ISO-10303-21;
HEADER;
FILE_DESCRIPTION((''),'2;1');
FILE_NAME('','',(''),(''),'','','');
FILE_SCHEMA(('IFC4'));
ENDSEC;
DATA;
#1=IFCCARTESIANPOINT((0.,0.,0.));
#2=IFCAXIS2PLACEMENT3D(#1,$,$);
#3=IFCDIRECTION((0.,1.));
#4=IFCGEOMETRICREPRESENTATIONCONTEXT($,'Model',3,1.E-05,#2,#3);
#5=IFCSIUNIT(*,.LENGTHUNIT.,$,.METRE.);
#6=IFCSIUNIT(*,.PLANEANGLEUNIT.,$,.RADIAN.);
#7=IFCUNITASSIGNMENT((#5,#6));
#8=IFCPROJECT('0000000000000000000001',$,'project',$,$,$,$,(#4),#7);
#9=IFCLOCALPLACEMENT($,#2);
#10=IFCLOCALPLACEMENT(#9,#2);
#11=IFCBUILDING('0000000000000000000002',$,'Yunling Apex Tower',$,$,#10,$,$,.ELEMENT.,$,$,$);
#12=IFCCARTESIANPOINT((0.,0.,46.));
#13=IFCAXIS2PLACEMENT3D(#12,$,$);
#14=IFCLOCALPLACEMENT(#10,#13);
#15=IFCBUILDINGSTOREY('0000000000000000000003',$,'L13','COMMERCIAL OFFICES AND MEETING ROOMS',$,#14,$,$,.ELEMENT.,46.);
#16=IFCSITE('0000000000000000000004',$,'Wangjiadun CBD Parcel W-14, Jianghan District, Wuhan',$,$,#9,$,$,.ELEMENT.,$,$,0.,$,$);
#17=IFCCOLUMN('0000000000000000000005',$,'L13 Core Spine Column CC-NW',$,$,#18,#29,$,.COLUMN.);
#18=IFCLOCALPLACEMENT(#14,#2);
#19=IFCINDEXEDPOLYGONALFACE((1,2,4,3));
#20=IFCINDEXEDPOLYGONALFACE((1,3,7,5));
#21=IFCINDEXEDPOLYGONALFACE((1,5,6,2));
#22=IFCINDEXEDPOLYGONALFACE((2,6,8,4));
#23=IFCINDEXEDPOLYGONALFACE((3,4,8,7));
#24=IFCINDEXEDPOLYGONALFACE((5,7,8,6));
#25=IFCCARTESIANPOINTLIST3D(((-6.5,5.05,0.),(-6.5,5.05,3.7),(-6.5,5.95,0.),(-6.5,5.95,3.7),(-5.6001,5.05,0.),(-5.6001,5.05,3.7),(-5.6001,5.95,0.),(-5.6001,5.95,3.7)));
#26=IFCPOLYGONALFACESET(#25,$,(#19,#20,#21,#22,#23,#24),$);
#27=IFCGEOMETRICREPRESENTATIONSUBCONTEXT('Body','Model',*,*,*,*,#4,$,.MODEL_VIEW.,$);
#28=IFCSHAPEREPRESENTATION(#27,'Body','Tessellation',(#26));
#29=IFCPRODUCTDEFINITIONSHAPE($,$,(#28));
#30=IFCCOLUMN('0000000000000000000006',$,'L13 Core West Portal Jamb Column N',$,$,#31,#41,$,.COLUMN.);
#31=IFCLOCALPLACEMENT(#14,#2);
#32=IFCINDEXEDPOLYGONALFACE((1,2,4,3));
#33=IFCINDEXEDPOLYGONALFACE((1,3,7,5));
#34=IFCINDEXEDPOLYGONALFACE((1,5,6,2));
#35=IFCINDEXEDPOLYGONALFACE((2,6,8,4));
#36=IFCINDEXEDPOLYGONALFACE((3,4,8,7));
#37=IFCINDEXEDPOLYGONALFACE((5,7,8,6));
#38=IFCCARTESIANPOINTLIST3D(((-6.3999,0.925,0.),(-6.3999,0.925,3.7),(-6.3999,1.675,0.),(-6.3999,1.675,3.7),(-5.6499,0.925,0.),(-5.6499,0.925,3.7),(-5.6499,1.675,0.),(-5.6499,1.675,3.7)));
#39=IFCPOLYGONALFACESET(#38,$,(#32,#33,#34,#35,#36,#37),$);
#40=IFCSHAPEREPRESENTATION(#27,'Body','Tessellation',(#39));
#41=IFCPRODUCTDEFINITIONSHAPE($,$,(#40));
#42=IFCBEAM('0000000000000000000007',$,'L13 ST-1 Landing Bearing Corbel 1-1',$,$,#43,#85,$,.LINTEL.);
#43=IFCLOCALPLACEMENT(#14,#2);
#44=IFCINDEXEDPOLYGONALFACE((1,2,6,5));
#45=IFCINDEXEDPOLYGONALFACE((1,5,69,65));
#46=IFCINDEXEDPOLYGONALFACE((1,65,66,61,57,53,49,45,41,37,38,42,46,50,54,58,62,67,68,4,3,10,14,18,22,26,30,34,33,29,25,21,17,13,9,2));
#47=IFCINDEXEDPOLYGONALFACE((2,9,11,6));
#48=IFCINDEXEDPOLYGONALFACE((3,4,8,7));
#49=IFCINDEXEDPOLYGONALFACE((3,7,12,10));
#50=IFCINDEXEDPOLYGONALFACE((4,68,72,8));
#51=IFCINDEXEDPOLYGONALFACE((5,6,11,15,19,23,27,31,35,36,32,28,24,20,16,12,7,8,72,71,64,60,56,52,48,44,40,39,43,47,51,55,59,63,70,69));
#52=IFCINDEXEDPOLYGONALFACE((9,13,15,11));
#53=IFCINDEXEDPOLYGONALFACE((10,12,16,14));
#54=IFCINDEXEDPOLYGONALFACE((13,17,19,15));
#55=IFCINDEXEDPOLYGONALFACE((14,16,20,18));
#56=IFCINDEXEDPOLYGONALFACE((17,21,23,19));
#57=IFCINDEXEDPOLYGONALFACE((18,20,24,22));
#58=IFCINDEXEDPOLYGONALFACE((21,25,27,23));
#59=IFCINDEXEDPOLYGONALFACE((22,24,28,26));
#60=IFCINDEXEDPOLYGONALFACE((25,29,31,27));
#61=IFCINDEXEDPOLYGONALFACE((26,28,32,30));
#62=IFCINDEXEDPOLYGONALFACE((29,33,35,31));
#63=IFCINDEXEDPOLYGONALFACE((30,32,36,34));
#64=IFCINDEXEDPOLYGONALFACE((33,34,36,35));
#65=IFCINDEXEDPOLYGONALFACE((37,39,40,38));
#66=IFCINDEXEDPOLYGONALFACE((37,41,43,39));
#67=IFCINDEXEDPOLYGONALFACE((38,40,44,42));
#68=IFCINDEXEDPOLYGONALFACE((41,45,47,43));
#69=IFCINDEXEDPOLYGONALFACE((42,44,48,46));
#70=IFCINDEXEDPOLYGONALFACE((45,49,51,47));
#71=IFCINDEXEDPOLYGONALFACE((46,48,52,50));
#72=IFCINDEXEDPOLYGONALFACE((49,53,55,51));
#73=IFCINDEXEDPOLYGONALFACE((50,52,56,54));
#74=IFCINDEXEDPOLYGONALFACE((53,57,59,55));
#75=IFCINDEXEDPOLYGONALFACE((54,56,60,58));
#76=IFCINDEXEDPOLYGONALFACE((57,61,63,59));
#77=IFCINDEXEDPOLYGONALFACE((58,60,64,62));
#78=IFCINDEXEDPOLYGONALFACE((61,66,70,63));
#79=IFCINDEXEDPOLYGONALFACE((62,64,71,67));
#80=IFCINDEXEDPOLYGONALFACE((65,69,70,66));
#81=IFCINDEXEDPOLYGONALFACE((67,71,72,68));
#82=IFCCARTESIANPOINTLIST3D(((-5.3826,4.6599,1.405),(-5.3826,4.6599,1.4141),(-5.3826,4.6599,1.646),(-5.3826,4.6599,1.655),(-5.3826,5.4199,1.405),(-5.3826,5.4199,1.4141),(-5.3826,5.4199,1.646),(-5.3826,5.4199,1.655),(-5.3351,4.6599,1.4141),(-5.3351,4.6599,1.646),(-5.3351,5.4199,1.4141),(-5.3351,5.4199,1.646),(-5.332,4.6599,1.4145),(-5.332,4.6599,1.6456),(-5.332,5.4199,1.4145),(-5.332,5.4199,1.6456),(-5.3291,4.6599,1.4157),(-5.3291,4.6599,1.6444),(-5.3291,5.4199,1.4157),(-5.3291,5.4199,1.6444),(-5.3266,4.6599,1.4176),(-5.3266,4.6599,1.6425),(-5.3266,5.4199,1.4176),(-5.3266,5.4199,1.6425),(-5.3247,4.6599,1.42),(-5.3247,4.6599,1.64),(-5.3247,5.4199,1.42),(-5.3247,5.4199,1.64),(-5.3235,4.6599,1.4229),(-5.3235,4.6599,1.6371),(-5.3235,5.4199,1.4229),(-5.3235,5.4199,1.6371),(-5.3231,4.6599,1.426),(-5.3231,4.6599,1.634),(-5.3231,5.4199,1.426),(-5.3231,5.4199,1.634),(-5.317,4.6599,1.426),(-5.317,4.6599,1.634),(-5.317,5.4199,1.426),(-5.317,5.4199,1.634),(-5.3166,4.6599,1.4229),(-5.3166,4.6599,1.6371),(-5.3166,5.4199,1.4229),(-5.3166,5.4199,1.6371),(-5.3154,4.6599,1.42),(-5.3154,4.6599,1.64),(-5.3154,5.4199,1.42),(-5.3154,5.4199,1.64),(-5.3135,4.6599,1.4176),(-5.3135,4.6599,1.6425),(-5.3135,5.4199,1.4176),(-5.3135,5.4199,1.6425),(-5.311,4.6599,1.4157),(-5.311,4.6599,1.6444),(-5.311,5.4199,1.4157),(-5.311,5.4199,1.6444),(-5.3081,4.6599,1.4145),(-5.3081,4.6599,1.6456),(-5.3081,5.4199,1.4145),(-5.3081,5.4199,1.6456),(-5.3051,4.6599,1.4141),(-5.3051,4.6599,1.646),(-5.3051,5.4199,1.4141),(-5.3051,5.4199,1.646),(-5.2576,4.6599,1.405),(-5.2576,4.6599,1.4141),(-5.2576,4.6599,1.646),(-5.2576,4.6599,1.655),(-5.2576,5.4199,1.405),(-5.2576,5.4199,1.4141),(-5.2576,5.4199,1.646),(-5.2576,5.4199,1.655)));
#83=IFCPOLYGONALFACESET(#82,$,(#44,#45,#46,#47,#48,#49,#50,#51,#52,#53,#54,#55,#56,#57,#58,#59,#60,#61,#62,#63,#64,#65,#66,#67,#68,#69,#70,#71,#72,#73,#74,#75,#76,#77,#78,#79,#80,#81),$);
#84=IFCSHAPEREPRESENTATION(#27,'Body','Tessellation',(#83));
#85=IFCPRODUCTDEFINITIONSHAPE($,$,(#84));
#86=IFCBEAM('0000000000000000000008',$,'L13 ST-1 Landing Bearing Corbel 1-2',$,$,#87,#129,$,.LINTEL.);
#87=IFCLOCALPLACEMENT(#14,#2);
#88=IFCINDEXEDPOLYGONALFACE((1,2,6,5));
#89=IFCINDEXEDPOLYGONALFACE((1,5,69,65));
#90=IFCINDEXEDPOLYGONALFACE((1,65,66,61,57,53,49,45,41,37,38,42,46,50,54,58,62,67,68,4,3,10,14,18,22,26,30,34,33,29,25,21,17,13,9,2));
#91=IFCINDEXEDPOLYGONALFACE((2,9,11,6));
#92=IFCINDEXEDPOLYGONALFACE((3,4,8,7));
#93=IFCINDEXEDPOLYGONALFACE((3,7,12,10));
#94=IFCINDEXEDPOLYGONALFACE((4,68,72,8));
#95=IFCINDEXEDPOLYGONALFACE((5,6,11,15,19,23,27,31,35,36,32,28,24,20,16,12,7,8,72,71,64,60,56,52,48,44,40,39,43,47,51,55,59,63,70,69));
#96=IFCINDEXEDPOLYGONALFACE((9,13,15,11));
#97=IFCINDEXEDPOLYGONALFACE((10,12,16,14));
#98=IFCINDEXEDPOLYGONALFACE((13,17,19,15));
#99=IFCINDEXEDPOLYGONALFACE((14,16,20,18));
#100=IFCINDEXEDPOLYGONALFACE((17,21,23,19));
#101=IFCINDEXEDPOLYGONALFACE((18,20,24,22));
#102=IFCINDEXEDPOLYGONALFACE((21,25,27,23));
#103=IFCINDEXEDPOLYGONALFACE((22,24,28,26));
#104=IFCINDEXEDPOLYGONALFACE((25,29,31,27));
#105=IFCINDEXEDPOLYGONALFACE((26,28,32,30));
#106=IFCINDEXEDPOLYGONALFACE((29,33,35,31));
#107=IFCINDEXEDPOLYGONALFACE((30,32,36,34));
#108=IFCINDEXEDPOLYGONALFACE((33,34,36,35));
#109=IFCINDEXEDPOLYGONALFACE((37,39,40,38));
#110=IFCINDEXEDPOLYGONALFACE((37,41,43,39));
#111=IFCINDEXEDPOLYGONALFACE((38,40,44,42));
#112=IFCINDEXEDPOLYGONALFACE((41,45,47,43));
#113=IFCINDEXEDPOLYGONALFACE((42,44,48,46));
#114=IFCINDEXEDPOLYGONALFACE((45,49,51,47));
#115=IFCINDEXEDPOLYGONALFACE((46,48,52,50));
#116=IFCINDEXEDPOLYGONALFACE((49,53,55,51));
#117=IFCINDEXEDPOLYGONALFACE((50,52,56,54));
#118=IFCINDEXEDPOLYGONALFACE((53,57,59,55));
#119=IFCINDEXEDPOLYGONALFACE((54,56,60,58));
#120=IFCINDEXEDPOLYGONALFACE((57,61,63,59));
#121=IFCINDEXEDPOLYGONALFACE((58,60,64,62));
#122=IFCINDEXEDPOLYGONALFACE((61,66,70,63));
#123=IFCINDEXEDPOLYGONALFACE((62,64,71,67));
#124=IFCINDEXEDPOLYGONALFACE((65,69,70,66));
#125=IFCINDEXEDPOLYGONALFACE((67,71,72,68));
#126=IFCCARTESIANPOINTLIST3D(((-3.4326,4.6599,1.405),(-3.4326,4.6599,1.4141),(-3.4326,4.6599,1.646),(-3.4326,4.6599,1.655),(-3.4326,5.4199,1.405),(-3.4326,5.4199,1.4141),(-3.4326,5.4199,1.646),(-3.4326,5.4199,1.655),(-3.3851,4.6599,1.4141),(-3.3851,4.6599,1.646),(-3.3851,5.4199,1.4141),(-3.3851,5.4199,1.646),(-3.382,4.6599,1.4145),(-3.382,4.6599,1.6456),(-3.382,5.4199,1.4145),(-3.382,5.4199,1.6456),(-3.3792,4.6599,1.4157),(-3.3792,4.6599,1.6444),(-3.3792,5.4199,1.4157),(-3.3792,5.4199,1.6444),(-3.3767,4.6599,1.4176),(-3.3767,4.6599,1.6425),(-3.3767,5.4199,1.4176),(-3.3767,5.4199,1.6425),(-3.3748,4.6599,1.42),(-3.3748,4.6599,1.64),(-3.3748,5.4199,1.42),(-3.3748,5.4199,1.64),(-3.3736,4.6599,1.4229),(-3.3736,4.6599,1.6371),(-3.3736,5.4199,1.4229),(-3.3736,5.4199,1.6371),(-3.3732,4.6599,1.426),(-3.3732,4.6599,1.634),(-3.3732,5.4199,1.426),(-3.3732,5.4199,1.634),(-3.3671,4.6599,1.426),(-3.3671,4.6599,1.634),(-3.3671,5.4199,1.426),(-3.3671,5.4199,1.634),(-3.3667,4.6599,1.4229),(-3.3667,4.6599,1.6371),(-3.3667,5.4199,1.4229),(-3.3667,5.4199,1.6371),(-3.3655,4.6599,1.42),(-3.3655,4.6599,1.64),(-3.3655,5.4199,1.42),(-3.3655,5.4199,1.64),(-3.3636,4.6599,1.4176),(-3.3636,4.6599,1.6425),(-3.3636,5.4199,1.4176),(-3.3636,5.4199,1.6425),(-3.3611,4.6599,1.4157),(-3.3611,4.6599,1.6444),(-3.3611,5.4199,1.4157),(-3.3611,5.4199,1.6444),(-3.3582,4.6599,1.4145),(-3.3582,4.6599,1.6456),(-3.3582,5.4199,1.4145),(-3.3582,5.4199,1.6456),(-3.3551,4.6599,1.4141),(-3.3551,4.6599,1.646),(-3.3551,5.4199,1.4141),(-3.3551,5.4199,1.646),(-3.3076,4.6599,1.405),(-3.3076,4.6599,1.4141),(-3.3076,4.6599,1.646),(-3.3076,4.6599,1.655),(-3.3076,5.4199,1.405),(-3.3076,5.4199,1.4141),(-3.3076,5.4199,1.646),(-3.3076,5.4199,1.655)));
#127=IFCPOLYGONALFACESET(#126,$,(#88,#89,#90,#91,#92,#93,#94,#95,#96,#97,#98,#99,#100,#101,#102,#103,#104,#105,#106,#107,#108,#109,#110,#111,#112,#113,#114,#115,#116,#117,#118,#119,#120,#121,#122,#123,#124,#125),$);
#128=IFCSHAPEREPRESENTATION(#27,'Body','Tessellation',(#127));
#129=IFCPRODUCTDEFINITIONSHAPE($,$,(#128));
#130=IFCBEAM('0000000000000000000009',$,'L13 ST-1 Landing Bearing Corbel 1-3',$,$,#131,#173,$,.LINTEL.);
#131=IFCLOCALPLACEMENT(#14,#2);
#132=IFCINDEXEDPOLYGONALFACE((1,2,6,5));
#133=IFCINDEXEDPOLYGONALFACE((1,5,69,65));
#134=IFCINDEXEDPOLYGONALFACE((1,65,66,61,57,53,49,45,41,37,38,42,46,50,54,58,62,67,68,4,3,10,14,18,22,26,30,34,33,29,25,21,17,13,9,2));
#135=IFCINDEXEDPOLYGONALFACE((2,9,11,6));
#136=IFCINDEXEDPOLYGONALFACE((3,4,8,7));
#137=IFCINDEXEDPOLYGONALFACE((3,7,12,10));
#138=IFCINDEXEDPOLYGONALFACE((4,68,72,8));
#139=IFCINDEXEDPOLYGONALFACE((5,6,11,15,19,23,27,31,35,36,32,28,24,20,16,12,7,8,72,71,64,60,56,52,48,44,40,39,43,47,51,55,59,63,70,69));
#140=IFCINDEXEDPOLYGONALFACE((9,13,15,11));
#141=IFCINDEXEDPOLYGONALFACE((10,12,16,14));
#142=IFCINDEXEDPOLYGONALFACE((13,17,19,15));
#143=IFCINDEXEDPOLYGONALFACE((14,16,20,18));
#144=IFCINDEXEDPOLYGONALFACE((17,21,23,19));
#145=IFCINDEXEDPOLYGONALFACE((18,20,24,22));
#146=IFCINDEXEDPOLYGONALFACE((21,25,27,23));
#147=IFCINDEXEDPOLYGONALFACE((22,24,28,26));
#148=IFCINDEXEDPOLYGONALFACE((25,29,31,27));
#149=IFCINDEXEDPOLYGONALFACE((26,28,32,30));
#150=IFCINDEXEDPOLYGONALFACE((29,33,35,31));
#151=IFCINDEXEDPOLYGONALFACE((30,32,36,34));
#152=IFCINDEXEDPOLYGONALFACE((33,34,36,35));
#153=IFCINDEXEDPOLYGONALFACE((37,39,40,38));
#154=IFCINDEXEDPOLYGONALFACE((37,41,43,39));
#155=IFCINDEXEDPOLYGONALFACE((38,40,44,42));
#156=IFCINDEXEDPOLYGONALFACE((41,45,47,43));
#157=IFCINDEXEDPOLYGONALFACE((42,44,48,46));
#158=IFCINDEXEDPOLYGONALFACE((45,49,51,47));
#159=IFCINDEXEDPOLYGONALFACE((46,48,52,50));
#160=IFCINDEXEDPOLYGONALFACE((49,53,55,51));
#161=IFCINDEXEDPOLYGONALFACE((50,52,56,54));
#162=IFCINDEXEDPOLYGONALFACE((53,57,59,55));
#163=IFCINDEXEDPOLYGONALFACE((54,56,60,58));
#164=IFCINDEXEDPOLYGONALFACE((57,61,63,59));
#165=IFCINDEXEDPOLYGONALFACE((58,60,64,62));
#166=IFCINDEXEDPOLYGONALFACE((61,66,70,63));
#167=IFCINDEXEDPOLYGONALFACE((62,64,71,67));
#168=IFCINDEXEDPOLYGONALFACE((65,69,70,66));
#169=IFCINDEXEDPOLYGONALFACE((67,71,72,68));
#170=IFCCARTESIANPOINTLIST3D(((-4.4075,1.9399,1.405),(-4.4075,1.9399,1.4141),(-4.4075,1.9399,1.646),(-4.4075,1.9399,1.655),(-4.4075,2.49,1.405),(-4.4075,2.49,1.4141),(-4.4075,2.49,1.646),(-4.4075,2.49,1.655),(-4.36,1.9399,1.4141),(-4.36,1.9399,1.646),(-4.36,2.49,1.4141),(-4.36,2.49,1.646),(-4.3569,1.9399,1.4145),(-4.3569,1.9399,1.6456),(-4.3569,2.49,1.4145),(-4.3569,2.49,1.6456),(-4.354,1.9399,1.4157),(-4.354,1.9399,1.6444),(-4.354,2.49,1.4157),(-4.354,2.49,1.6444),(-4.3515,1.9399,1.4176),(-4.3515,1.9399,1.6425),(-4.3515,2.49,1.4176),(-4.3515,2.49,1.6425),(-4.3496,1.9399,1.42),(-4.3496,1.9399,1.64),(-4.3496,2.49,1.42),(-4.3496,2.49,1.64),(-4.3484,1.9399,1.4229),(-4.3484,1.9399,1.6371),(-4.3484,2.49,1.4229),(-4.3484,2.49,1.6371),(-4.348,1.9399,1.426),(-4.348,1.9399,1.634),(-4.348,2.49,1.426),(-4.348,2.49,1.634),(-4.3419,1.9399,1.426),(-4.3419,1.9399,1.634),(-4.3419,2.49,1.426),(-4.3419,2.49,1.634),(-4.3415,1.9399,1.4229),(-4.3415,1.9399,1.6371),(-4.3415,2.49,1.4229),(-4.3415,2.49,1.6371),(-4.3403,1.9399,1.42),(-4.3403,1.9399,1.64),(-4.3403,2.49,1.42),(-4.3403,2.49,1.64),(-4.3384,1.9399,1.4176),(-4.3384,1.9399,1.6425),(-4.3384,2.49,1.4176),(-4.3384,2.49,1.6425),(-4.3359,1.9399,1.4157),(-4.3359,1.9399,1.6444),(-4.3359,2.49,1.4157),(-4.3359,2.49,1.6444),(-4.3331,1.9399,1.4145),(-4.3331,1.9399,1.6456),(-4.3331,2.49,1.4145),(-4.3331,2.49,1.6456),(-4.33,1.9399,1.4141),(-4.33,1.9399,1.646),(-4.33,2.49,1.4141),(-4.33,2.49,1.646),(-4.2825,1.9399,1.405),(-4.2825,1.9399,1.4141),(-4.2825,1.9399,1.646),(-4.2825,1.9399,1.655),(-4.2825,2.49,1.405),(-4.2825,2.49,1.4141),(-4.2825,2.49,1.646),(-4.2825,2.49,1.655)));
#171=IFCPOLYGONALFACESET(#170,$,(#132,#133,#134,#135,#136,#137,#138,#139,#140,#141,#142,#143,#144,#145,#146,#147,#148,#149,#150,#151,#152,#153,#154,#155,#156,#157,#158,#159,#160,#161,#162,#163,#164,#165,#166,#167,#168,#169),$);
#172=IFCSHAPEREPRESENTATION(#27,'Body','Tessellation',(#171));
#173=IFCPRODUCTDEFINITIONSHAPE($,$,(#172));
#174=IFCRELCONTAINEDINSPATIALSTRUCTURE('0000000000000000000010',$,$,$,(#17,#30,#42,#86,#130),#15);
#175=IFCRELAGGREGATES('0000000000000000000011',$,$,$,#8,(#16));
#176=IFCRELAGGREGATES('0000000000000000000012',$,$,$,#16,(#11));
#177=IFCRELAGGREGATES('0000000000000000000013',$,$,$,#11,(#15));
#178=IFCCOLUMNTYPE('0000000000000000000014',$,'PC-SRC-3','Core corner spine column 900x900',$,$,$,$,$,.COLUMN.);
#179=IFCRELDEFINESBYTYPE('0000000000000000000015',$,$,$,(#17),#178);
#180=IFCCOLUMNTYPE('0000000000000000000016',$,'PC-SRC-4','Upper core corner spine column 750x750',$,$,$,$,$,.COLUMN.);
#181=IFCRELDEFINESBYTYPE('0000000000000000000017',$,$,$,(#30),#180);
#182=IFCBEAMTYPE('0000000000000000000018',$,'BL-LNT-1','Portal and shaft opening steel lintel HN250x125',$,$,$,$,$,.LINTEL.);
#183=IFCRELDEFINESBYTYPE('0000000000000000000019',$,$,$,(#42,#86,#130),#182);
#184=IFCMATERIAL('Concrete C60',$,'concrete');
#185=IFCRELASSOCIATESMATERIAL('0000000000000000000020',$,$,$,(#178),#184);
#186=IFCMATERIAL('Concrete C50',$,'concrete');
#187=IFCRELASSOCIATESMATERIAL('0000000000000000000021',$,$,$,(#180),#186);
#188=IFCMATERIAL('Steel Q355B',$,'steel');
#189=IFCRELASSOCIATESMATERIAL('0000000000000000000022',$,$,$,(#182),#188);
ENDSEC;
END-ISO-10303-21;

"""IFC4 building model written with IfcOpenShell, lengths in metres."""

from ifc_helpers import new_model, si_unit, direction, frame, origin, origin_2d, place, context, subcontext, project, spatial, rectangle, i_section, extrude, source, transform, mapped, material, material_profile, profile_set, type_object, element, save


model = new_model("IFC4")

# Units and contexts
model_context = context("Model", 3, precision=1e-05, world=origin(), true_north=direction((0.0, 1.0)))
body_context = subcontext(model_context, "Body", "Model", "MODEL_VIEW")
ifc_project = project(units=[si_unit("LENGTHUNIT", "METRE"), si_unit("PLANEANGLEUNIT", "RADIAN")], contexts=[model_context])

# Site, building, storey
site_placement = place(None, origin())
site = spatial("IfcSite", under=ifc_project, at=site_placement, Name="Wangjiadun CBD Parcel W-14, Jianghan District, Wuhan", CompositionType="ELEMENT", RefElevation=0.0)
building_placement = place(site_placement, origin())
building = spatial("IfcBuilding", under=site, at=building_placement, Name="Yunling Apex Tower", CompositionType="ELEMENT")
storey_placement = place(building_placement, frame((0.0, 0.0, 46.0)))
storey = spatial("IfcBuildingStorey", under=building, at=storey_placement, Name="L13", Description="COMMERCIAL OFFICES AND MEETING ROOMS", CompositionType="ELEMENT", Elevation=46.0)

# Columns
ifc_material_1 = material(Name="Concrete C60", Category="concrete")
ifc_material_profile_1 = material_profile(ifc_material_1, rectangle(XDim=0.8999, YDim=0.8999, at=origin_2d()))
ifc_profile_set_1 = profile_set([ifc_material_profile_1], Name="Concrete C60")
column_type_1 = type_object("IfcColumnType", Name="PC-SRC-3", Description="Core corner spine column 900x900", PredefinedType="COLUMN", material=ifc_profile_set_1)
shared_shape_1 = source(origin(), body_context, "Body", "SweptSolid", [
    extrude(rectangle(XDim=0.8999, YDim=0.8999, at=origin_2d()), origin(), (0.0, 0.0, 1.0), 3.7),
])
column_1_placement = place(storey_placement, frame((-6.05, 5.5, 0.0), z_axis=(0.0, 0.0, 1.0), x_axis=(1.0, 0.0, 0.0)))
element("IfcColumn", 1, at=column_1_placement, inside=storey, type_object=column_type_1, Name="L13 Core Spine Column CC-NW", PredefinedType="COLUMN", context=body_context, shape_type="MappedRepresentation", body=[
    mapped(shared_shape_1, transform((0.0, 0.0, 0.0), scale=1.0)),
])
ifc_material_2 = material(Name="Concrete C50", Category="concrete")
ifc_material_profile_2 = material_profile(ifc_material_2, rectangle(XDim=0.75, YDim=0.75, at=origin_2d()))
ifc_profile_set_2 = profile_set([ifc_material_profile_2], Name="Concrete C50")
column_type_2 = type_object("IfcColumnType", Name="PC-SRC-4", Description="Upper core corner spine column 750x750", PredefinedType="COLUMN", material=ifc_profile_set_2)
shared_shape_2 = source(origin(), body_context, "Body", "SweptSolid", [
    extrude(rectangle(XDim=0.75, YDim=0.75, at=origin_2d()), origin(), (0.0, 0.0, 1.0), 3.7),
])
column_2_placement = place(storey_placement, frame((-6.0249, 1.3, 0.0), z_axis=(0.0, 0.0, 1.0), x_axis=(1.0, 0.0, 0.0)))
element("IfcColumn", 2, at=column_2_placement, inside=storey, type_object=column_type_2, Name="L13 Core West Portal Jamb Column N", PredefinedType="COLUMN", context=body_context, shape_type="MappedRepresentation", body=[
    mapped(shared_shape_2, transform((0.0, 0.0, 0.0), scale=1.0)),
])

# Beams
ifc_material_3 = material(Name="Steel Q355B", Category="steel")
ifc_material_profile_3 = material_profile(ifc_material_3, i_section(OverallWidth=0.125, OverallDepth=0.25, WebThickness=0.0061, FlangeThickness=0.009, FilletRadius=0.012, at=origin_2d()))
ifc_profile_set_3 = profile_set([ifc_material_profile_3], Name="Steel Q355B")
beam_type_1 = type_object("IfcBeamType", Name="BL-LNT-1", Description="Portal and shaft opening steel lintel HN250x125", PredefinedType="LINTEL", material=ifc_profile_set_3)
shared_shape_3 = source(origin(), body_context, "Body", "SweptSolid", [
    extrude(i_section(OverallWidth=0.125, OverallDepth=0.25, WebThickness=0.0061, FlangeThickness=0.009, FilletRadius=0.012, at=origin_2d()), origin(), (0.0, 0.0, 1.0), 0.76),
])
for number, where, z_axis, x_axis, name in (
    (3, (-5.3201, 5.4199, 1.53), (0.0, -1.0, 0.0), (1.0, 0.0, 0.0), "L13 ST-1 Landing Bearing Corbel 1-1"),
    (4, (-3.3701, 5.4199, 1.53), (0.0, -1.0, 0.0), (1.0, 0.0, 0.0), "L13 ST-1 Landing Bearing Corbel 1-2"),
):
    element("IfcBeam", number, at=place(storey_placement, frame(where, z_axis=z_axis, x_axis=x_axis)), inside=storey, type_object=beam_type_1, Name=name, PredefinedType="LINTEL", context=body_context, shape_type="MappedRepresentation", body=[
        mapped(shared_shape_3, transform((0.0, 0.0, 0.0), scale=1.0)),
    ])
shared_shape_4 = source(origin(), body_context, "Body", "SweptSolid", [
    extrude(i_section(OverallWidth=0.125, OverallDepth=0.25, WebThickness=0.0061, FlangeThickness=0.009, FilletRadius=0.012, at=origin_2d()), origin(), (0.0, 0.0, 1.0), 0.55),
])
beam_1_placement = place(storey_placement, frame((-4.345, 1.9399, 1.53), z_axis=(0.0, 1.0, 0.0), x_axis=(-1.0, 0.0, 0.0)))
element("IfcBeam", 5, at=beam_1_placement, inside=storey, type_object=beam_type_1, Name="L13 ST-1 Landing Bearing Corbel 1-3", PredefinedType="LINTEL", context=body_context, shape_type="MappedRepresentation", body=[
    mapped(shared_shape_4, transform((0.0, 0.0, 0.0), scale=1.0)),
])

save(model, "model.ifc")
